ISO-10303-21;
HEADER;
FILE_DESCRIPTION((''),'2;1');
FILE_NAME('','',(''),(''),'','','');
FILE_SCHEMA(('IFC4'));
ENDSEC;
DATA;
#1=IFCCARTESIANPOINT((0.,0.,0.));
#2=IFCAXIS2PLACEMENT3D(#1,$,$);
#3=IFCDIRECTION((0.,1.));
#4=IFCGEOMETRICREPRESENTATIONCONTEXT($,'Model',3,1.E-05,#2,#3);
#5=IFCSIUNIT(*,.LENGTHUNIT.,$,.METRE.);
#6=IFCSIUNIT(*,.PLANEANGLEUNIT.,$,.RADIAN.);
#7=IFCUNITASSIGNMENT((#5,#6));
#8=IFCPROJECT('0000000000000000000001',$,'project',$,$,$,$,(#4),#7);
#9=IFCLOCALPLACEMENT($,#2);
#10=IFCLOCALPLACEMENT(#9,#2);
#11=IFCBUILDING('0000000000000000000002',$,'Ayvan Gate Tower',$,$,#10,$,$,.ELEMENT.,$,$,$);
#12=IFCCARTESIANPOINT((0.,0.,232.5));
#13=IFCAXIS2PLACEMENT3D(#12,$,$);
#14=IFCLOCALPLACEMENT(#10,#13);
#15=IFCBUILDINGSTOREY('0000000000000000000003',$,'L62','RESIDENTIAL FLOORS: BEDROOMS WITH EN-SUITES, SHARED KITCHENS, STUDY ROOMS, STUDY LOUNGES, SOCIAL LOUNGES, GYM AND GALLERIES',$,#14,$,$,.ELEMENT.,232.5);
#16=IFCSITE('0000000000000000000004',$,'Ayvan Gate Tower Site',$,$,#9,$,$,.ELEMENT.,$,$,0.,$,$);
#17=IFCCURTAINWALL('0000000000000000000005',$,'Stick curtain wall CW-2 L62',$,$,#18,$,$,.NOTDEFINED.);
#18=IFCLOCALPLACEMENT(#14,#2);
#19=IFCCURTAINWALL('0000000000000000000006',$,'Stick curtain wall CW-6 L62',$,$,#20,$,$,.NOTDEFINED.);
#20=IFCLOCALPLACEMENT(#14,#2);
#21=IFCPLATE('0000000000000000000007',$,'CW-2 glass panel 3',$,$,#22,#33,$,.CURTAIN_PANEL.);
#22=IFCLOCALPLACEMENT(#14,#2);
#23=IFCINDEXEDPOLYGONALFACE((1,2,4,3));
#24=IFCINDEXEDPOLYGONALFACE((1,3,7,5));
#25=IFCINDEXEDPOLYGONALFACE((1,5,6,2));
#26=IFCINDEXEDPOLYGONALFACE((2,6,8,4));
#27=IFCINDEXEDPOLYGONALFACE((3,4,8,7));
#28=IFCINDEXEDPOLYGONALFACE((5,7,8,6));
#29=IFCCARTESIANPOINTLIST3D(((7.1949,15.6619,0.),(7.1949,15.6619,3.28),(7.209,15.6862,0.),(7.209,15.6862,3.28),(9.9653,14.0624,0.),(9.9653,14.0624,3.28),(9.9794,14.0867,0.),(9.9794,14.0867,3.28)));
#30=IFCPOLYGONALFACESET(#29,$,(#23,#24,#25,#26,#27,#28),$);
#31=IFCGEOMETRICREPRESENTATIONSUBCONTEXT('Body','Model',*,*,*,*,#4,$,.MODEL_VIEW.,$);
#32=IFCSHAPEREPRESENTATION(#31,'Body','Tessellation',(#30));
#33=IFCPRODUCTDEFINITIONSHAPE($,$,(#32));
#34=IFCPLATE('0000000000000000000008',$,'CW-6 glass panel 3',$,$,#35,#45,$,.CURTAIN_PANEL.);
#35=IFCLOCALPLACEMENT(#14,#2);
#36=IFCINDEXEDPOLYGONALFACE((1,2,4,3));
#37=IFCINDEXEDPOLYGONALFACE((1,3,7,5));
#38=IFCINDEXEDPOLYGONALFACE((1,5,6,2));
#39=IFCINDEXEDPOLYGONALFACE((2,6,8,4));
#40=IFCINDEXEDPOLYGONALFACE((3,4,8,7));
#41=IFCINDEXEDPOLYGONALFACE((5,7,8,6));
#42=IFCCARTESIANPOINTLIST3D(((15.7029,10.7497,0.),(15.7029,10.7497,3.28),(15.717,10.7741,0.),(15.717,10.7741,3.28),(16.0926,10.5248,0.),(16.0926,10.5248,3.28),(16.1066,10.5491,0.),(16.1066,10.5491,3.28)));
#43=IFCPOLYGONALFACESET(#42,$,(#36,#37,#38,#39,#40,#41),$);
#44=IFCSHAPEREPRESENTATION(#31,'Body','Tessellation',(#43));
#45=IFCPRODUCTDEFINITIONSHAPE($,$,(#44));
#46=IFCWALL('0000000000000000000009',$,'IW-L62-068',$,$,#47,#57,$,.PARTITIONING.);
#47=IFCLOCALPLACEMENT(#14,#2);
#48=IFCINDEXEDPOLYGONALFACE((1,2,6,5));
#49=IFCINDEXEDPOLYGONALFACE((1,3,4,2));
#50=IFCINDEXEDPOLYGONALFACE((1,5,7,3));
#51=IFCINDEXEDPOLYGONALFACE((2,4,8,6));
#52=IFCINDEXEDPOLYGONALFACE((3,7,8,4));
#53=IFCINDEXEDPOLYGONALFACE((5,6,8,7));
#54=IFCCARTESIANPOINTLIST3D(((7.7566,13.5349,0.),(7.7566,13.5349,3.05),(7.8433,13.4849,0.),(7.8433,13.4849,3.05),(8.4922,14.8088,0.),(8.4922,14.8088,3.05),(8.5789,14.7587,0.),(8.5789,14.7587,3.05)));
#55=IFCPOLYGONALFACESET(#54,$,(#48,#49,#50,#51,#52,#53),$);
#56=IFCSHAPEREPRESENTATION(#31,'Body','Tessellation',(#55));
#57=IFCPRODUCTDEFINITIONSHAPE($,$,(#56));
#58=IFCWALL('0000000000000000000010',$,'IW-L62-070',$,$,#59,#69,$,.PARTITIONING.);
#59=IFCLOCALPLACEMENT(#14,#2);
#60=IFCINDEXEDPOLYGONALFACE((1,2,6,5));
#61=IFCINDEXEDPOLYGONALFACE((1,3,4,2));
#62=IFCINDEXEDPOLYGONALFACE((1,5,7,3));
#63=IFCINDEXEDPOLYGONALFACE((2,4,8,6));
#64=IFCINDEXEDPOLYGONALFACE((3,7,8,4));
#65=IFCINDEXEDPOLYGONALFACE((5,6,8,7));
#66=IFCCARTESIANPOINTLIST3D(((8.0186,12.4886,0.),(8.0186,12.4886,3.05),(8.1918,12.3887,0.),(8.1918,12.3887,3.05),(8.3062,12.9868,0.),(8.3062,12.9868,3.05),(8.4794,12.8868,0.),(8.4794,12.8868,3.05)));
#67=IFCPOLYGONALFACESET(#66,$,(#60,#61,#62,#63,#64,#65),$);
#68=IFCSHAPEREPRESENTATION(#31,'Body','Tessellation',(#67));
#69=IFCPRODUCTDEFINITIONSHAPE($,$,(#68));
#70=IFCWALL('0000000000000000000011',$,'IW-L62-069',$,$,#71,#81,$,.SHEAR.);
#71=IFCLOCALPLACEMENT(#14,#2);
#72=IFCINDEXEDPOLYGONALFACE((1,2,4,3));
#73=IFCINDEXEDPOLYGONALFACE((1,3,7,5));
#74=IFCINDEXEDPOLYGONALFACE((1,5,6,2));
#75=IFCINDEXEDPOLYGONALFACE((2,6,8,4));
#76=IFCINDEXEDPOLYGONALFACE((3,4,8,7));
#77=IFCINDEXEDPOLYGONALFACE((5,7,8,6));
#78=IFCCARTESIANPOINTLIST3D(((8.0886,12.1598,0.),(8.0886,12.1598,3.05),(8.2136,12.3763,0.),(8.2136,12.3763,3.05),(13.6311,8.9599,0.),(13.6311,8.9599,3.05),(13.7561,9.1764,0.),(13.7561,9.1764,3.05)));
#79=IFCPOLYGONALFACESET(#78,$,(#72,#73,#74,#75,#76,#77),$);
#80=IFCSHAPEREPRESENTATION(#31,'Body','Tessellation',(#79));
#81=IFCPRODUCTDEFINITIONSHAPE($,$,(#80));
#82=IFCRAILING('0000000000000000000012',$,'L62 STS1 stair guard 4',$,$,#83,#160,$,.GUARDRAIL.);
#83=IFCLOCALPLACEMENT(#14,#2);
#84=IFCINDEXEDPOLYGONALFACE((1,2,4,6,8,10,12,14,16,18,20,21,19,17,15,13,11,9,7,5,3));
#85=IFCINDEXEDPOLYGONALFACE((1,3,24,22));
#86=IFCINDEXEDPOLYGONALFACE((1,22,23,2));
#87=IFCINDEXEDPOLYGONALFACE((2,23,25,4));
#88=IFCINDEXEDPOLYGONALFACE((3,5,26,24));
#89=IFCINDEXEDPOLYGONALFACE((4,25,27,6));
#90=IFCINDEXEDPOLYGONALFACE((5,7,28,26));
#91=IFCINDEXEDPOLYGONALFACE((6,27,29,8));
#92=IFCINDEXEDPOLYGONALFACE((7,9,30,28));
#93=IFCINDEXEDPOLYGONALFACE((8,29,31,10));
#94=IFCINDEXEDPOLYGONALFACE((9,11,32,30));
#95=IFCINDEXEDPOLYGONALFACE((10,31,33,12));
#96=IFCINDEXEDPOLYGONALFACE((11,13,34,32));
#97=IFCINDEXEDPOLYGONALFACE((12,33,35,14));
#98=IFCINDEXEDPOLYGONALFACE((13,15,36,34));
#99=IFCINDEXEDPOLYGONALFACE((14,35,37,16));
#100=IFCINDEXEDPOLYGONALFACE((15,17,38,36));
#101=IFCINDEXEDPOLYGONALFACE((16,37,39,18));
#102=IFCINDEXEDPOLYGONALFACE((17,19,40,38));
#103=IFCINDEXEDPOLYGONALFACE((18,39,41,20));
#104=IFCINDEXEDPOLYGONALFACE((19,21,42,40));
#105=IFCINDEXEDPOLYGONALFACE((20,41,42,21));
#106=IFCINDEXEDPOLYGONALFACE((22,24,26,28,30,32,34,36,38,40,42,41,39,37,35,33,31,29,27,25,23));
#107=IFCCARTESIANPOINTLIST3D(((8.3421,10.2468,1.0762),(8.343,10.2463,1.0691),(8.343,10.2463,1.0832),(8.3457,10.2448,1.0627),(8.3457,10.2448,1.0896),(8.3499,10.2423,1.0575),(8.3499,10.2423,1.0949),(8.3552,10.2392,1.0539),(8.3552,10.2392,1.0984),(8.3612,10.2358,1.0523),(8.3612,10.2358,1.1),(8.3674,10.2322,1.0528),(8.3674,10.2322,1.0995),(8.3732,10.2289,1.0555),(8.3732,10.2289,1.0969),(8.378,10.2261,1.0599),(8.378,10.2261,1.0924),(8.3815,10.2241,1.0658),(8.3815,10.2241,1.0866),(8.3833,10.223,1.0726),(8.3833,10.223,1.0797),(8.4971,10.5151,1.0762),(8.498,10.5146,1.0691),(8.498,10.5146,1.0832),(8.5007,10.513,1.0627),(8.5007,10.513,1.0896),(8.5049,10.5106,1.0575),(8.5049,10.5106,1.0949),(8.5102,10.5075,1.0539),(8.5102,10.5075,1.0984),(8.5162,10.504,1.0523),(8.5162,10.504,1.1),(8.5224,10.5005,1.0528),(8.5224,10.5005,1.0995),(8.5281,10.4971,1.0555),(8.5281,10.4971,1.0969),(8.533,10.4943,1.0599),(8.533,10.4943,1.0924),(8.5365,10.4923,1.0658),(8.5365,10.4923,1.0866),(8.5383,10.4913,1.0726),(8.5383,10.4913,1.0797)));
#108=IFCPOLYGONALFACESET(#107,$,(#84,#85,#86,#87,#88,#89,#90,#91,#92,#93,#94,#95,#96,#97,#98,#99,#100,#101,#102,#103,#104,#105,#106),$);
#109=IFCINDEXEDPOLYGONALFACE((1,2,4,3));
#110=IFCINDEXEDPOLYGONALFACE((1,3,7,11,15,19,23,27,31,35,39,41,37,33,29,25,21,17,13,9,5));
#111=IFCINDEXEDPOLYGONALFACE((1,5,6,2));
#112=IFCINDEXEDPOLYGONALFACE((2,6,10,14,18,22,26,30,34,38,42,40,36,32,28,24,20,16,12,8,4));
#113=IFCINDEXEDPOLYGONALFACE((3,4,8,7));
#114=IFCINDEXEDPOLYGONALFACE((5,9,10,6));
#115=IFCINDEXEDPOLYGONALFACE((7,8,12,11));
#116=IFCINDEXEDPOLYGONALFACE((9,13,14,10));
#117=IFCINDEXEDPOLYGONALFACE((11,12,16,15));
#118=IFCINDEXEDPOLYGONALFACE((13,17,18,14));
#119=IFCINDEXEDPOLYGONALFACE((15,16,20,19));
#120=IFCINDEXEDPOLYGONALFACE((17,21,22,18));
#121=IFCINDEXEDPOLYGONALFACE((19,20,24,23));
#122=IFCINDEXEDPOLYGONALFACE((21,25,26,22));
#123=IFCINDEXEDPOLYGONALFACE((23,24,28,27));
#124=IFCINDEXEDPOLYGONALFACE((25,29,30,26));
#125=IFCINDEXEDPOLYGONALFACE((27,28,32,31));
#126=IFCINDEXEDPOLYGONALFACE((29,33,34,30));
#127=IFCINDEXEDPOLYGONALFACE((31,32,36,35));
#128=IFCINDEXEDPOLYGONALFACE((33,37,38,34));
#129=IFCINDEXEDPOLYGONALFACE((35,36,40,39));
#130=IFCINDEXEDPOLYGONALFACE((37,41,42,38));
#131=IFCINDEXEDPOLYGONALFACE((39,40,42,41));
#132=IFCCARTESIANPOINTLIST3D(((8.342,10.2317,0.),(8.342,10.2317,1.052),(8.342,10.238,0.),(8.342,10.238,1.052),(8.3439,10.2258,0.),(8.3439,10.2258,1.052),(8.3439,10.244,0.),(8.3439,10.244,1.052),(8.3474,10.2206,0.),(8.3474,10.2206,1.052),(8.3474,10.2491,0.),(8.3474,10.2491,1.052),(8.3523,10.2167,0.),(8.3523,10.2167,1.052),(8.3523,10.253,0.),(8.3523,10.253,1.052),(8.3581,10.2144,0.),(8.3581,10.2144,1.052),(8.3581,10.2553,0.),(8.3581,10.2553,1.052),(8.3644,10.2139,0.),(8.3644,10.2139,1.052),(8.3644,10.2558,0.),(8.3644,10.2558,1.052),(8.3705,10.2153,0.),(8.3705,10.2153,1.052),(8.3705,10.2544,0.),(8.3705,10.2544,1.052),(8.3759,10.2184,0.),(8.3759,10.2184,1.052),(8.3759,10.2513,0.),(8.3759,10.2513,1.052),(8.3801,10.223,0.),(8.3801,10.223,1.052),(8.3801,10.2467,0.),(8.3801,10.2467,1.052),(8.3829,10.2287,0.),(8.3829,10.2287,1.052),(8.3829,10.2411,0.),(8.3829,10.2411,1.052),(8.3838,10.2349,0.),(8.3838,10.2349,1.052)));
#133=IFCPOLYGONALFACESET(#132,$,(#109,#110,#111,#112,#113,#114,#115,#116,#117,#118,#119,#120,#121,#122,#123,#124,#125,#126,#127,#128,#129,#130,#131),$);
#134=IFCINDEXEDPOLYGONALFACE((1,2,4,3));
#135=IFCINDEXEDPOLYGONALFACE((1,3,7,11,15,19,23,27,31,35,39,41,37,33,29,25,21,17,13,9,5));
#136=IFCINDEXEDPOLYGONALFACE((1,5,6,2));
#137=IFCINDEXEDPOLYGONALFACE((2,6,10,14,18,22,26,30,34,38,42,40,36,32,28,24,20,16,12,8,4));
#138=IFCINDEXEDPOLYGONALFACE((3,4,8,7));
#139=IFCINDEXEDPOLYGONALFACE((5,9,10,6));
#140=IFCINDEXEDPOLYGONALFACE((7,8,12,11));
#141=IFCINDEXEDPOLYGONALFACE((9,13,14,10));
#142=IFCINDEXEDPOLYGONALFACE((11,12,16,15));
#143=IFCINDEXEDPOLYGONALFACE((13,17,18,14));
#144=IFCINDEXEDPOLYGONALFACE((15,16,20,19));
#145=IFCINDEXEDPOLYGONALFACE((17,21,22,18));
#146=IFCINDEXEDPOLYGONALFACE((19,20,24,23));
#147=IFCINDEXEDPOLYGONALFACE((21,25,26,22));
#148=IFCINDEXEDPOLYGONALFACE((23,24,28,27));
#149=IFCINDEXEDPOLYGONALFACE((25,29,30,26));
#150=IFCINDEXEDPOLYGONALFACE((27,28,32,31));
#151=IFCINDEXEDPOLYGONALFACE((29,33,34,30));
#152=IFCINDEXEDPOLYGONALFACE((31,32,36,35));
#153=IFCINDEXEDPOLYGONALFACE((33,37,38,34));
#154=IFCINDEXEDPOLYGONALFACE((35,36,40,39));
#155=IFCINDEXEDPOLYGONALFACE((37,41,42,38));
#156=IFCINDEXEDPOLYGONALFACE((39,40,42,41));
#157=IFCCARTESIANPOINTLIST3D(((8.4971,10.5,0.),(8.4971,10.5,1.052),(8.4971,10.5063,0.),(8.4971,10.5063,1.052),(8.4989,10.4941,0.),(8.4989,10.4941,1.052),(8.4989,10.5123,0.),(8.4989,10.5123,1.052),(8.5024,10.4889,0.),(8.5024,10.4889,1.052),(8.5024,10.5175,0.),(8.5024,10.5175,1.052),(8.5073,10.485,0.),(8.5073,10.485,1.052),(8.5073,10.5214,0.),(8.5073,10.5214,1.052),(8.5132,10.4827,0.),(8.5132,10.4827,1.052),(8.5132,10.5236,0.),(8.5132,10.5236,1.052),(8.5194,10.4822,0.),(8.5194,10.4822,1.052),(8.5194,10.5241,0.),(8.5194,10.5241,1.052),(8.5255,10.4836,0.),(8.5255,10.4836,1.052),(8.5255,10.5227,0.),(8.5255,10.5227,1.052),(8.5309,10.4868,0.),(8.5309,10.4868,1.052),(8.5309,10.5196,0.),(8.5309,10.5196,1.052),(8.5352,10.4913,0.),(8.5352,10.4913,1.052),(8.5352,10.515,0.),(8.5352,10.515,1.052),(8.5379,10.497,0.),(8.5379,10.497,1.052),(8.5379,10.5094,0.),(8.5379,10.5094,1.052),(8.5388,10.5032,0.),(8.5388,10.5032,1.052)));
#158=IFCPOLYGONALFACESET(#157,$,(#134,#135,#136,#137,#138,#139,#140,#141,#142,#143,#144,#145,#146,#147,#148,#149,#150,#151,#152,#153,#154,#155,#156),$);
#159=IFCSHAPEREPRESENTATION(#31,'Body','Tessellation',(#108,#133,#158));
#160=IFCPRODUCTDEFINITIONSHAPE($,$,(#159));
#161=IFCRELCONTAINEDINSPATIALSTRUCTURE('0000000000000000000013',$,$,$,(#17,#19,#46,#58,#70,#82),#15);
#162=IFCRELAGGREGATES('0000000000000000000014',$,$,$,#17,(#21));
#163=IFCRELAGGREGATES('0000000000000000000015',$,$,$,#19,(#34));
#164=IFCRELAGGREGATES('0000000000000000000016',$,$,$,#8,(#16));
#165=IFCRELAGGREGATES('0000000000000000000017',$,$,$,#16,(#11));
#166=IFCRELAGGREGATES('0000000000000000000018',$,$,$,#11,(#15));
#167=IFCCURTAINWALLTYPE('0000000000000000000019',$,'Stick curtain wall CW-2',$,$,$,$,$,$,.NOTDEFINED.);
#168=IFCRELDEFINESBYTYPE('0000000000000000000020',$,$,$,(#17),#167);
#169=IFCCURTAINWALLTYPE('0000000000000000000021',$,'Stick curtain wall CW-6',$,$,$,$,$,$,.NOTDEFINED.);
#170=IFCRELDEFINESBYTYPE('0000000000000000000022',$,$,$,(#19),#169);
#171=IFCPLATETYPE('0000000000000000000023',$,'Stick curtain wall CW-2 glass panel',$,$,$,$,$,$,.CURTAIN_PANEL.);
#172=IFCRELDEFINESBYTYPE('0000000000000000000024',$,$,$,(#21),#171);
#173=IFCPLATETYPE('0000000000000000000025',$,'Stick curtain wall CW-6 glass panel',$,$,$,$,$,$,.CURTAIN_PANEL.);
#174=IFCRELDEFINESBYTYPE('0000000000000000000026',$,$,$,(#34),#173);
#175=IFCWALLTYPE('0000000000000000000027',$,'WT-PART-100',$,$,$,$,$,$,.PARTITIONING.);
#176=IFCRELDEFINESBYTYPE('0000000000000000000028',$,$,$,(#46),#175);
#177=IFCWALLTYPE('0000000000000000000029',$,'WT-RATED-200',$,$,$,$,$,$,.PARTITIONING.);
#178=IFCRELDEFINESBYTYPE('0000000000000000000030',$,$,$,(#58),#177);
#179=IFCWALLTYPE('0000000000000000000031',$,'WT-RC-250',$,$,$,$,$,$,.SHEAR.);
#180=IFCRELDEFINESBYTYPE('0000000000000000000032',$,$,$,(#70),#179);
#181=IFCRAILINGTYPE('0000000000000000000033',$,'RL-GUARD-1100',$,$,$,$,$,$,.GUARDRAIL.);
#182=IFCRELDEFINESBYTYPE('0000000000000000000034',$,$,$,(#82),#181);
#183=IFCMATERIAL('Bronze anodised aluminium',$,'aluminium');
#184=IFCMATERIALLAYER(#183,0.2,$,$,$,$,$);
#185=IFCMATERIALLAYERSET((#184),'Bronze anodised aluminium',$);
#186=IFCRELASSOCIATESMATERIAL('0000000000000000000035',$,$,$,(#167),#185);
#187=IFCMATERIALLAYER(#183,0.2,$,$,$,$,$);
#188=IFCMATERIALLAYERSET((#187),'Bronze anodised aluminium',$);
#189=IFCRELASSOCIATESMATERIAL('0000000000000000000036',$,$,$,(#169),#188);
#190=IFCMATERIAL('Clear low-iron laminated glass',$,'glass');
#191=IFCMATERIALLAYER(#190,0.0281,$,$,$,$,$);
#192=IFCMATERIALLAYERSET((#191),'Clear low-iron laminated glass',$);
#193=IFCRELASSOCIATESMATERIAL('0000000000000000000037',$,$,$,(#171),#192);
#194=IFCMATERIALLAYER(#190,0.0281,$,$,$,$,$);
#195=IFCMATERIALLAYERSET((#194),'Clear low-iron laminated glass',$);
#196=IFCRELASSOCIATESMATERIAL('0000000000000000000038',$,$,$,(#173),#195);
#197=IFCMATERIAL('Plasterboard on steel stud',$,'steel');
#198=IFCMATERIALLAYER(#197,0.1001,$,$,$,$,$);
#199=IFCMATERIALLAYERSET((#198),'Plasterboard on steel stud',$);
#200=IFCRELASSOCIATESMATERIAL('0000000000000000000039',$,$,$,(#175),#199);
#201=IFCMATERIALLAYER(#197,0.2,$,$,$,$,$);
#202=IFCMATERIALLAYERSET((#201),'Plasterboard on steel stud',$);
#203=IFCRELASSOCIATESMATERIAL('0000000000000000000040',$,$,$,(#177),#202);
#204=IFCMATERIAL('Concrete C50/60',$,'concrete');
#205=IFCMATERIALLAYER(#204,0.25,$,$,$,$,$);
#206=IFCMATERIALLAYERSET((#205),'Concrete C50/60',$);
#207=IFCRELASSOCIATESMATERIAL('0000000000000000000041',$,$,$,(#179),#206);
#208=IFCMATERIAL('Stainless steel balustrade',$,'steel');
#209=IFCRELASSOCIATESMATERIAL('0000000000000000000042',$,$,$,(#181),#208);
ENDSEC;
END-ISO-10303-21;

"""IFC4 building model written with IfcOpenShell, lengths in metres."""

from ifc_helpers import new_model, si_unit, direction, frame, frame_2d, origin, origin_2d, place, context, subcontext, project, spatial, rectangle, circle, extrude, material, layer, layer_set, type_object, element, aggregate, save


model = new_model("IFC4")

# Units and contexts
model_context = context("Model", 3, precision=1e-05, world=origin(), true_north=direction((0.0, 1.0)))
body_context = subcontext(model_context, "Body", "Model", "MODEL_VIEW")
ifc_project = project(units=[si_unit("LENGTHUNIT", "METRE"), si_unit("PLANEANGLEUNIT", "RADIAN")], contexts=[model_context])

# Site, building, storey
site_placement = place(None, origin())
site = spatial("IfcSite", under=ifc_project, at=site_placement, Name="Ayvan Gate Tower Site", CompositionType="ELEMENT", RefElevation=0.0)
building_placement = place(site_placement, origin())
building = spatial("IfcBuilding", under=site, at=building_placement, Name="Ayvan Gate Tower", CompositionType="ELEMENT")
storey_placement = place(building_placement, frame((0.0, 0.0, 232.5)))
storey = spatial("IfcBuildingStorey", under=building, at=storey_placement, Name="L62", Description="RESIDENTIAL FLOORS: BEDROOMS WITH EN-SUITES, SHARED KITCHENS, STUDY ROOMS, STUDY LOUNGES, SOCIAL LOUNGES, GYM AND GALLERIES", CompositionType="ELEMENT", Elevation=232.5)

# Shared definitions
ifc_material_1 = material(Name="Concrete C50/60", Category="concrete")

# Curtain walls
ifc_material_2 = material(Name="Bronze anodised aluminium", Category="aluminium")
ifc_layer_1 = layer(ifc_material_2, 0.2)
ifc_layer_set_1 = layer_set([ifc_layer_1], Name="Bronze anodised aluminium")
curtain_wall_type_1 = type_object("IfcCurtainWallType", Name="Stick curtain wall CW-2", PredefinedType="NOTDEFINED", material=ifc_layer_set_1)
curtain_wall_1_placement = place(storey_placement, origin())
curtain_wall_1 = element("IfcCurtainWall", 1, at=curtain_wall_1_placement, inside=storey, type_object=curtain_wall_type_1, Name="Stick curtain wall CW-2 L62", PredefinedType="NOTDEFINED")
ifc_layer_2 = layer(ifc_material_2, 0.2)
ifc_layer_set_2 = layer_set([ifc_layer_2], Name="Bronze anodised aluminium")
curtain_wall_type_2 = type_object("IfcCurtainWallType", Name="Stick curtain wall CW-6", PredefinedType="NOTDEFINED", material=ifc_layer_set_2)
curtain_wall_2_placement = place(storey_placement, origin())
curtain_wall_2 = element("IfcCurtainWall", 2, at=curtain_wall_2_placement, inside=storey, type_object=curtain_wall_type_2, Name="Stick curtain wall CW-6 L62", PredefinedType="NOTDEFINED")

# Plates
ifc_material_3 = material(Name="Clear low-iron laminated glass", Category="glass")
ifc_layer_3 = layer(ifc_material_3, 0.0281)
ifc_layer_set_3 = layer_set([ifc_layer_3], Name="Clear low-iron laminated glass")
plate_type_1 = type_object("IfcPlateType", Name="Stick curtain wall CW-2 glass panel", PredefinedType="CURTAIN_PANEL", material=ifc_layer_set_3)
plate_1_placement = place(storey_placement, frame((8.5872, 14.8743, 0.0), z_axis=(0.0, 0.0, 1.0), x_axis=(-0.866025, 0.5, 0.0)))
plate_1 = element("IfcPlate", 3, at=plate_1_placement, type_object=plate_type_1, Name="CW-2 glass panel 3", PredefinedType="CURTAIN_PANEL", context=body_context, shape_type="SweptSolid", body=[
    extrude(rectangle(XDim=3.199, YDim=0.0281, at=origin_2d()), origin(), (0.0, 0.0, 1.0), 3.28),
])
aggregate(curtain_wall_1, [plate_1])
ifc_layer_4 = layer(ifc_material_3, 0.0281)
ifc_layer_set_4 = layer_set([ifc_layer_4], Name="Clear low-iron laminated glass")
plate_type_2 = type_object("IfcPlateType", Name="Stick curtain wall CW-6 glass panel", PredefinedType="CURTAIN_PANEL", material=ifc_layer_set_4)
plate_2_placement = place(storey_placement, frame((15.9048, 10.6494, 0.0), z_axis=(0.0, 0.0, 1.0), x_axis=(-0.866025, 0.5, 0.0)))
plate_2 = element("IfcPlate", 4, at=plate_2_placement, type_object=plate_type_2, Name="CW-6 glass panel 3", PredefinedType="CURTAIN_PANEL", context=body_context, shape_type="SweptSolid", body=[
    extrude(rectangle(XDim=0.45, YDim=0.0281, at=origin_2d()), origin(), (0.0, 0.0, 1.0), 3.28),
])
aggregate(curtain_wall_2, [plate_2])

# Walls
ifc_material_4 = material(Name="Plasterboard on steel stud", Category="steel")
ifc_layer_5 = layer(ifc_material_4, 0.1001)
ifc_layer_set_5 = layer_set([ifc_layer_5], Name="Plasterboard on steel stud")
wall_type_1 = type_object("IfcWallType", Name="WT-PART-100", PredefinedType="PARTITIONING", material=ifc_layer_set_5)
wall_1_placement = place(storey_placement, frame((7.8, 13.51, 0.0), z_axis=(0.0, 0.0, 1.0), x_axis=(0.500048, 0.865998, 0.0)))
element("IfcWall", 5, at=wall_1_placement, inside=storey, type_object=wall_type_1, Name="IW-L62-068", PredefinedType="PARTITIONING", context=body_context, shape_type="SweptSolid", body=[
    extrude(rectangle(XDim=1.4709, YDim=0.1001, at=frame_2d((0.7354, 0.0))), origin(), (0.0, 0.0, 1.0), 3.05),
])
ifc_layer_6 = layer(ifc_material_4, 0.2)
ifc_layer_set_6 = layer_set([ifc_layer_6], Name="Plasterboard on steel stud")
wall_type_2 = type_object("IfcWallType", Name="WT-RATED-200", PredefinedType="PARTITIONING", material=ifc_layer_set_6)
wall_2_placement = place(storey_placement, frame((8.3928, 12.9368, 0.0), z_axis=(0.0, 0.0, 1.0), x_axis=(-0.500065, -0.865988, 0.0)))
element("IfcWall", 6, at=wall_2_placement, inside=storey, type_object=wall_type_2, Name="IW-L62-070", PredefinedType="PARTITIONING", context=body_context, shape_type="SweptSolid", body=[
    extrude(rectangle(XDim=0.5752, YDim=0.2, at=frame_2d((0.2876, 0.0))), origin(), (0.0, 0.0, 1.0), 3.05),
])
ifc_layer_7 = layer(ifc_material_1, 0.25)
ifc_layer_set_7 = layer_set([ifc_layer_7], Name="Concrete C50/60")
wall_type_3 = type_object("IfcWallType", Name="WT-RC-250", PredefinedType="SHEAR", material=ifc_layer_set_7)
wall_3_placement = place(storey_placement, frame((8.1511, 12.2681, 0.0), z_axis=(0.0, 0.0, 1.0), x_axis=(0.866025, -0.5, 0.0)))
element("IfcWall", 7, at=wall_3_placement, inside=storey, type_object=wall_type_3, Name="IW-L62-069", PredefinedType="SHEAR", context=body_context, shape_type="SweptSolid", body=[
    extrude(rectangle(XDim=6.3999, YDim=0.25, at=frame_2d((3.2, 0.0))), origin(), (0.0, 0.0, 1.0), 3.05),
])

# Railing
ifc_material_5 = material(Name="Stainless steel balustrade", Category="steel")
railing_type_1 = type_object("IfcRailingType", Name="RL-GUARD-1100", PredefinedType="GUARDRAIL", material=ifc_material_5)
railing_1_placement = place(storey_placement, frame((8.3628, 10.2349, 0.0)))
element("IfcRailing", 8, at=railing_1_placement, inside=storey, type_object=railing_type_1, Name="L62 STS1 stair guard 4", PredefinedType="GUARDRAIL", context=body_context, shape_type="SweptSolid", body=[
    extrude(circle(Radius=0.0239, at=origin_2d()), frame((0.0, 0.0, 1.0762), z_axis=(0.500291, 0.865857, 0.0), x_axis=(-0.865857, 0.500291, 0.0)), (0.0, 0.0, 1.0), 0.3098),
    extrude(circle(Radius=0.021, at=origin_2d()), origin(), (0.0, 0.0, 1.0), 1.052),
    extrude(circle(Radius=0.021, at=origin_2d()), frame((0.155, 0.2683, 0.0)), (0.0, 0.0, 1.0), 1.052),
])

save(model, "model.ifc")
